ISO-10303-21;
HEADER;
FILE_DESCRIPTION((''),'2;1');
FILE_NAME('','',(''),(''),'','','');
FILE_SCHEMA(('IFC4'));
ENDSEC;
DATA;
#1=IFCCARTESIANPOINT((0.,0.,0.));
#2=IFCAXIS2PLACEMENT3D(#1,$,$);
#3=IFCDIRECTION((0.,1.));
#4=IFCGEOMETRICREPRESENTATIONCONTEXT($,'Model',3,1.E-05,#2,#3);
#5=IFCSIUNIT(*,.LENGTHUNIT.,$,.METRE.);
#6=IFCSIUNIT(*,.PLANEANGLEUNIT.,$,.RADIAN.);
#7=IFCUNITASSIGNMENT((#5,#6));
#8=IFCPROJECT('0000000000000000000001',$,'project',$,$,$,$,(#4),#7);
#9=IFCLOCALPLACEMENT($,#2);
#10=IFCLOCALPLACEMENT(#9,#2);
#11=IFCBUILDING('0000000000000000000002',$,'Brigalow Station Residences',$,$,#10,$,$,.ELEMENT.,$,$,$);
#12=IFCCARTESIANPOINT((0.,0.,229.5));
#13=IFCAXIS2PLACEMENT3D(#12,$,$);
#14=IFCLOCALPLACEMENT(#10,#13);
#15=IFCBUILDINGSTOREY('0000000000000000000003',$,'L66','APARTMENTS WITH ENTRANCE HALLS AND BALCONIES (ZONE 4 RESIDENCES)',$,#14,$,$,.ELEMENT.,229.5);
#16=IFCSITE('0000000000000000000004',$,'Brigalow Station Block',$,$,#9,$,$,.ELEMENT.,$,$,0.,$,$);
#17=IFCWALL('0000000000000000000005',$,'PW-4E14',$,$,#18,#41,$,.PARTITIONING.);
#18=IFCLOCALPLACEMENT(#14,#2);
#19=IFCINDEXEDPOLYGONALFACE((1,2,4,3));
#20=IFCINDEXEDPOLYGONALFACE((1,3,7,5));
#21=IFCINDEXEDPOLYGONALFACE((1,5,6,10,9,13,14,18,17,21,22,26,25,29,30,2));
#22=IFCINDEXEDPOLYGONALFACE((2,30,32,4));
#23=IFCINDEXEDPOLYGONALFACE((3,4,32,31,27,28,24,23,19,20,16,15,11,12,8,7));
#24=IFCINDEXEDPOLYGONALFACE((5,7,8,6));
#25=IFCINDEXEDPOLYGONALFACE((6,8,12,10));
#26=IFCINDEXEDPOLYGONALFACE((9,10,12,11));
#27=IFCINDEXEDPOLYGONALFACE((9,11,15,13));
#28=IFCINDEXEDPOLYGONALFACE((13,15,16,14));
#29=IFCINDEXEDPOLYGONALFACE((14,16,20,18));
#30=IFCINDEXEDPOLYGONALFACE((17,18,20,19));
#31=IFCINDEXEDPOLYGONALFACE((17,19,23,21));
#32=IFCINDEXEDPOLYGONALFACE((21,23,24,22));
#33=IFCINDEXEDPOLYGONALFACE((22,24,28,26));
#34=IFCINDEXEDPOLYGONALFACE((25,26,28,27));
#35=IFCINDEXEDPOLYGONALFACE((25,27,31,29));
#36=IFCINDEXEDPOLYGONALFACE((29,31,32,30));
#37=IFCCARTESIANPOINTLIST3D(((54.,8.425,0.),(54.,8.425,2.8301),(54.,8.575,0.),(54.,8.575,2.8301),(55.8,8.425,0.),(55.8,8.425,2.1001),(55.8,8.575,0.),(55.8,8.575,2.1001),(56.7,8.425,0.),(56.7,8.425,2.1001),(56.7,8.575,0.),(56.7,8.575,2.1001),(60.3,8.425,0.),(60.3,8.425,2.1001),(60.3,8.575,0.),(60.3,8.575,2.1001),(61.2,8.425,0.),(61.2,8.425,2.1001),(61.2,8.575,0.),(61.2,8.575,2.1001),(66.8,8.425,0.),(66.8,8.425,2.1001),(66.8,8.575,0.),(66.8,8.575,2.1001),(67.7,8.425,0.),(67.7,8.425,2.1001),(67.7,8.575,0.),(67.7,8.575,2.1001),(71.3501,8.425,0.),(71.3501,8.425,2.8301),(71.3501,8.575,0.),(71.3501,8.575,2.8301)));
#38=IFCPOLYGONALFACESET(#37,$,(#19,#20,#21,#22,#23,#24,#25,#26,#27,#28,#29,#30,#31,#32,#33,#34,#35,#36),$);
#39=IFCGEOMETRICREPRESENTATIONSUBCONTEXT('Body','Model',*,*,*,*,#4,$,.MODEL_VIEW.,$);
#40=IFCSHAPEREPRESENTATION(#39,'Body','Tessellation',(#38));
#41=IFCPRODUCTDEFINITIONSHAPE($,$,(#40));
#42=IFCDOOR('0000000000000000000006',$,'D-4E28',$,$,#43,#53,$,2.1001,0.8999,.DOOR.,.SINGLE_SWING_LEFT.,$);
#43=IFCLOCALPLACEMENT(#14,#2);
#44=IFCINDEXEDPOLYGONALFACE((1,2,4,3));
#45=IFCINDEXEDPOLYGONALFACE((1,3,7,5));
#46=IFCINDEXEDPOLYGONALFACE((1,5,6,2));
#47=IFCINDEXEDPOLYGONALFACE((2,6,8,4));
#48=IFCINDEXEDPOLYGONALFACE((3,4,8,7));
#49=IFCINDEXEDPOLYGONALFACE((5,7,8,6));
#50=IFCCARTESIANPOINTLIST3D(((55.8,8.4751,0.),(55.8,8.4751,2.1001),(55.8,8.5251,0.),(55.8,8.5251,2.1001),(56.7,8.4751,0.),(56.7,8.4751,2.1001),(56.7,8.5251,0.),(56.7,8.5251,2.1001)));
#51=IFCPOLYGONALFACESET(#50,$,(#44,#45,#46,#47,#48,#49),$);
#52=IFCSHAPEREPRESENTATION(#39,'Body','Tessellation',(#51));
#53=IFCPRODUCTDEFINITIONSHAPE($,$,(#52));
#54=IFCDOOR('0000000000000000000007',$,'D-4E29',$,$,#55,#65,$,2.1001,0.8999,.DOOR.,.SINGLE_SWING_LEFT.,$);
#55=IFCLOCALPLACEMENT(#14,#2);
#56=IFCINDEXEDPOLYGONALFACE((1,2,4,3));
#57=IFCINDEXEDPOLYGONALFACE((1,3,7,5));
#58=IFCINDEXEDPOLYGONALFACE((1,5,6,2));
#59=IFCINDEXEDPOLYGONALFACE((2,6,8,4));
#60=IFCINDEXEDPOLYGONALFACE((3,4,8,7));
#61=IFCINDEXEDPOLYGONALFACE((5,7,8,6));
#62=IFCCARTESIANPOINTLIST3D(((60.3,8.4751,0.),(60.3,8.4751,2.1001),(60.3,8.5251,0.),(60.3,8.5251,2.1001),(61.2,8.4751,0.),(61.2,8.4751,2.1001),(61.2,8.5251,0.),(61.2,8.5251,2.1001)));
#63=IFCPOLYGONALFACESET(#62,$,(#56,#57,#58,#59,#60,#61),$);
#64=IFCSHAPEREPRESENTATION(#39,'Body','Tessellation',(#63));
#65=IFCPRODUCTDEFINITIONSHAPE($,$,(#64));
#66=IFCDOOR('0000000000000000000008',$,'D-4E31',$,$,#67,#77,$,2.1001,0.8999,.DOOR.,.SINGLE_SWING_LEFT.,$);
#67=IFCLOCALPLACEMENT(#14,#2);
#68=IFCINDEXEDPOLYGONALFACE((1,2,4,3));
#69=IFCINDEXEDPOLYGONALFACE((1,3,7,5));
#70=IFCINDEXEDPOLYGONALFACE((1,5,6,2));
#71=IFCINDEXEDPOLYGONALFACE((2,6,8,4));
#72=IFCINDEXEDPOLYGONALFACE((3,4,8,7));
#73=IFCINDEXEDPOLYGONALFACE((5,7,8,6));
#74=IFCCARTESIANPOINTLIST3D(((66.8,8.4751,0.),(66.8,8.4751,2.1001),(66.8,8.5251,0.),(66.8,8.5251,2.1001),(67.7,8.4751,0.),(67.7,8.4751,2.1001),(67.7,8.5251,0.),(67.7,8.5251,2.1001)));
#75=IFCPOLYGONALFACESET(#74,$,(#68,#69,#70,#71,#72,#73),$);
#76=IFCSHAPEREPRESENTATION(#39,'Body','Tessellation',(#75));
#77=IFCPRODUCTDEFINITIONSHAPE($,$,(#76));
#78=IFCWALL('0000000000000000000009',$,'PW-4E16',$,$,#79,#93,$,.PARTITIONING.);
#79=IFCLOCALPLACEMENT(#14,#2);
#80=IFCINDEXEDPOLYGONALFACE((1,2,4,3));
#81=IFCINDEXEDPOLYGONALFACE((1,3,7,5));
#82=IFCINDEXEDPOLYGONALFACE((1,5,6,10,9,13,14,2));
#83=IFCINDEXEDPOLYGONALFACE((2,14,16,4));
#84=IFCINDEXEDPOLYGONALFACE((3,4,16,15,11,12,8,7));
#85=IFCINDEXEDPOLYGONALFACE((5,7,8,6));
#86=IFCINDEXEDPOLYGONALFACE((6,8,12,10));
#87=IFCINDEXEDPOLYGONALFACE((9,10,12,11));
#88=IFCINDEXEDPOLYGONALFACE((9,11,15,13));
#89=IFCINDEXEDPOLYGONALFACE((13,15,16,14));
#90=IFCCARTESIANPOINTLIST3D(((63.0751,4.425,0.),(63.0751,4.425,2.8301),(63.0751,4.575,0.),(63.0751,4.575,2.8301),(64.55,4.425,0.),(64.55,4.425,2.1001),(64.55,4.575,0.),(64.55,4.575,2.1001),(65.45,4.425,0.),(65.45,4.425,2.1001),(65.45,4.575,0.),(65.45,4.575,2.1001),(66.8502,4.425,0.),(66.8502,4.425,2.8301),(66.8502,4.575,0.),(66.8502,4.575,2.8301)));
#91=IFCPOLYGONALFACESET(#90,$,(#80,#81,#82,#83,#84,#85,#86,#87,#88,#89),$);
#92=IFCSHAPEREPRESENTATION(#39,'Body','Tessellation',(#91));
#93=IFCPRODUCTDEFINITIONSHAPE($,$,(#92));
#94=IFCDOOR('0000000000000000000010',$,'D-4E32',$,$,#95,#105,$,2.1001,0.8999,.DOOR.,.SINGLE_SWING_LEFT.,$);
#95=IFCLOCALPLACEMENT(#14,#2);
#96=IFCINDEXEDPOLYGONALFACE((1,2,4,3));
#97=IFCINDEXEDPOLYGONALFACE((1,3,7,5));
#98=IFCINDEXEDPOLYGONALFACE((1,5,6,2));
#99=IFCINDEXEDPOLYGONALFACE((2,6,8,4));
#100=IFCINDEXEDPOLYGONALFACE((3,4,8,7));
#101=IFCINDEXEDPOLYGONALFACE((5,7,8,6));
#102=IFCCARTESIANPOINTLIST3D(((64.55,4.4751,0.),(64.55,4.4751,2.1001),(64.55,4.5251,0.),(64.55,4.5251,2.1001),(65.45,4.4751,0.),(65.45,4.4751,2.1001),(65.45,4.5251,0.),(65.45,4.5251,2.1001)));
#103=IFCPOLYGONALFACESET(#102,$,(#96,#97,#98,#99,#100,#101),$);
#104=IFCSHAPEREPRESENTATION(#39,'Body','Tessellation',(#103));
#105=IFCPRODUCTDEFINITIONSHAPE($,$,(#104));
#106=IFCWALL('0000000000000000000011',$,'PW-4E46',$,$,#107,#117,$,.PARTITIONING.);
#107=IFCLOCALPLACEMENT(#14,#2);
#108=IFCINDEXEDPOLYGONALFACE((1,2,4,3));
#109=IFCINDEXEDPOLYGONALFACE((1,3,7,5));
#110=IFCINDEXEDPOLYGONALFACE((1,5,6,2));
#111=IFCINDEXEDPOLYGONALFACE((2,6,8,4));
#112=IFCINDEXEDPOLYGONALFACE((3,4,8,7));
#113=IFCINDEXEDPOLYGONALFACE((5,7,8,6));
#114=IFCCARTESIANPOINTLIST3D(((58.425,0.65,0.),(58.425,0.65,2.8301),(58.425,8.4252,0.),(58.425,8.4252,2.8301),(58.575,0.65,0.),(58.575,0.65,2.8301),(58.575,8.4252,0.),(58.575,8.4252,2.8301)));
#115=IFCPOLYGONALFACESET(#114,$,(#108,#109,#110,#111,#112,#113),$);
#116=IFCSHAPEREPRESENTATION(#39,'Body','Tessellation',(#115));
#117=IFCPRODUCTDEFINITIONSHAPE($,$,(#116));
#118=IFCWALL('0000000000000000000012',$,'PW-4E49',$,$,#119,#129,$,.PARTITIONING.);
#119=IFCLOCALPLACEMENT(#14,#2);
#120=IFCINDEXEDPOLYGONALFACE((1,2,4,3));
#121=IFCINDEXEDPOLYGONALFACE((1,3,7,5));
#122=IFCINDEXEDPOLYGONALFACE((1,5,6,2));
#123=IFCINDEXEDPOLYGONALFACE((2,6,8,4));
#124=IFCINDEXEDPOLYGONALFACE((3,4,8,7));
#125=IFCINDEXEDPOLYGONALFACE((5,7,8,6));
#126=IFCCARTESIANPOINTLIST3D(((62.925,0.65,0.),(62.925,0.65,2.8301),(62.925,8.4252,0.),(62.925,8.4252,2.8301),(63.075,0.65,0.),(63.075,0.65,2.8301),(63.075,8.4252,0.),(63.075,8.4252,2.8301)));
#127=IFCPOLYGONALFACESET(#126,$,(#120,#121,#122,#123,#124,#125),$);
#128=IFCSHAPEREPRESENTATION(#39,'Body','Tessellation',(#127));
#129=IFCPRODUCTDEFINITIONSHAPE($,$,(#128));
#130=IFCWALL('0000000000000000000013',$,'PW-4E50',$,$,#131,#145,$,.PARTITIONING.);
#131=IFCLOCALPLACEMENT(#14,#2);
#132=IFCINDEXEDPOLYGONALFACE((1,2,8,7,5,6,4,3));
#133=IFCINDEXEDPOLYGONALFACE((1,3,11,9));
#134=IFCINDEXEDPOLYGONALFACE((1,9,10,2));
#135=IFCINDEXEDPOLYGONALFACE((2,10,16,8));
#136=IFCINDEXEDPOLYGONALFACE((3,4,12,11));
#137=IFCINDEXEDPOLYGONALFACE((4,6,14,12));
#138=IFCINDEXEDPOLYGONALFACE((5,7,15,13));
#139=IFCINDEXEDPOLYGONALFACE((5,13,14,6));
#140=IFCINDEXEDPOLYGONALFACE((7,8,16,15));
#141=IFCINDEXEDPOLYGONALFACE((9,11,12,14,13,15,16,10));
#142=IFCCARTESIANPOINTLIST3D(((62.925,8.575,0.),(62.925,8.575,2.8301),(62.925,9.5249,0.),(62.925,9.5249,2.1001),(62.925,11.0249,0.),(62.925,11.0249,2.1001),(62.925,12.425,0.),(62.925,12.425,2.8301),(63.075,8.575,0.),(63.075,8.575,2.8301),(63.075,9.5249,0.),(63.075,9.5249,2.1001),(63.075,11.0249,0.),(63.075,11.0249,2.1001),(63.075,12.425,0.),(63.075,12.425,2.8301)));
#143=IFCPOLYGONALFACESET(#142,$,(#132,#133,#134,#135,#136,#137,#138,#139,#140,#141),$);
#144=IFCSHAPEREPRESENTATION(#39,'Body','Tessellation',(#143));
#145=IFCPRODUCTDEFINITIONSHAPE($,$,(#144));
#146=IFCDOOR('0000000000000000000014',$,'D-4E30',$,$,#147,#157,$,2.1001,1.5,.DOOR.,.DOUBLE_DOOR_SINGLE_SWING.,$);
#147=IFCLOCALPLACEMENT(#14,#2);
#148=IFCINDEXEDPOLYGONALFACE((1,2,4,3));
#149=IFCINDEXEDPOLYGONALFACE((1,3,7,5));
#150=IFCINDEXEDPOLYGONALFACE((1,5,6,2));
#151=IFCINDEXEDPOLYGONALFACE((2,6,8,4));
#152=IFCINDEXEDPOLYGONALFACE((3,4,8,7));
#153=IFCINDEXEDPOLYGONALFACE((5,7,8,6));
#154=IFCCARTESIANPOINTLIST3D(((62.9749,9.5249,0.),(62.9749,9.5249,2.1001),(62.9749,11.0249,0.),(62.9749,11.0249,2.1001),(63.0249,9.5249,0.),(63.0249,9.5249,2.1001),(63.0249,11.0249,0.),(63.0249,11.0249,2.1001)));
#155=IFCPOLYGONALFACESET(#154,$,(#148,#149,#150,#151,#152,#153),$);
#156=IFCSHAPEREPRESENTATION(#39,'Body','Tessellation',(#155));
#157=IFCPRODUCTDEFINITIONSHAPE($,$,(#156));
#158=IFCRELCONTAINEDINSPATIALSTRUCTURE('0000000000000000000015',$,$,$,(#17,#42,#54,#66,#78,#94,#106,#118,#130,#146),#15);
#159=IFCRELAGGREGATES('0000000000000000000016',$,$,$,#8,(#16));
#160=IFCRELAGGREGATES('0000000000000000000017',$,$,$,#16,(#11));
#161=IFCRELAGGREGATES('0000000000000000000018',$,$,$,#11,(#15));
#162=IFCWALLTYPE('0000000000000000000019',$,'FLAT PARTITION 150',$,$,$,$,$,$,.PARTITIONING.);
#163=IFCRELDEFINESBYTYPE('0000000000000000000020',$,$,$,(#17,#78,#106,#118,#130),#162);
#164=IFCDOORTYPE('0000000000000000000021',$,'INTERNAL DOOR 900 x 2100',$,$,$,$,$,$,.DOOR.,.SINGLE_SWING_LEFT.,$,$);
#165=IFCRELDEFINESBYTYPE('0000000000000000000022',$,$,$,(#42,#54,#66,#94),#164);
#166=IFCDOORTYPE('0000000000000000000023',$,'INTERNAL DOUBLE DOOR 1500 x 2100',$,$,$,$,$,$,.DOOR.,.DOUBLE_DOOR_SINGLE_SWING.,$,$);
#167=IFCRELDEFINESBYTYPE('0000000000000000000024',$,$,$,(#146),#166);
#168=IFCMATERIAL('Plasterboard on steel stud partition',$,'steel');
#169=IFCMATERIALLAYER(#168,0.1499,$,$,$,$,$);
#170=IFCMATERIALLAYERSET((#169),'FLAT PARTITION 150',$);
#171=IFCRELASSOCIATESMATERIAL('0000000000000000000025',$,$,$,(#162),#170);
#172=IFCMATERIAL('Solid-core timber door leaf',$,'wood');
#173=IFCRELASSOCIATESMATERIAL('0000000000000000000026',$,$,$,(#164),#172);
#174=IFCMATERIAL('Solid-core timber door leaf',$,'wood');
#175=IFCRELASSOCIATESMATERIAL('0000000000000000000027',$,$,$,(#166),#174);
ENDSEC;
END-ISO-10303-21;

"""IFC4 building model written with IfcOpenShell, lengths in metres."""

from ifc_helpers import new_model, si_unit, direction, frame, frame_2d, origin, place, context, subcontext, project, spatial, rectangle, extrude, material, layer, layer_set, type_object, element, fill, save


model = new_model("IFC4")

# Units and contexts
model_context = context("Model", 3, precision=1e-05, world=origin(), true_north=direction((0.0, 1.0)))
body_context = subcontext(model_context, "Body", "Model", "MODEL_VIEW")
ifc_project = project(units=[si_unit("LENGTHUNIT", "METRE"), si_unit("PLANEANGLEUNIT", "RADIAN")], contexts=[model_context])

# Site, building, storey
site_placement = place(None, origin())
site = spatial("IfcSite", under=ifc_project, at=site_placement, Name="Brigalow Station Block", CompositionType="ELEMENT", RefElevation=0.0)
building_placement = place(site_placement, origin())
building = spatial("IfcBuilding", under=site, at=building_placement, Name="Brigalow Station Residences", CompositionType="ELEMENT")
storey_placement = place(building_placement, frame((0.0, 0.0, 229.5)))
storey = spatial("IfcBuildingStorey", under=building, at=storey_placement, Name="L66", Description="APARTMENTS WITH ENTRANCE HALLS AND BALCONIES (ZONE 4 RESIDENCES)", CompositionType="ELEMENT", Elevation=229.5)

# Wall, openings, doors
ifc_material_1 = material(Name="Plasterboard on steel stud partition", Category="steel")
ifc_layer_1 = layer(ifc_material_1, 0.1499)
ifc_layer_set_1 = layer_set([ifc_layer_1], Name="FLAT PARTITION 150")
wall_type_1 = type_object("IfcWallType", Name="FLAT PARTITION 150", PredefinedType="PARTITIONING", material=ifc_layer_set_1)
wall_1_placement = place(storey_placement, frame((54.0, 8.5, 0.0), z_axis=(0.0, 0.0, 1.0), x_axis=(1.0, 0.0, 0.0)))
wall_1 = element("IfcWall", 1, at=wall_1_placement, inside=storey, type_object=wall_type_1, Name="PW-4E14", PredefinedType="PARTITIONING", context=body_context, shape_type="SweptSolid", body=[
    extrude(rectangle(XDim=17.3501, YDim=0.1499, at=frame_2d((8.675, 0.0))), origin(), (0.0, 0.0, 1.0), 2.8301),
])
opening_1_placement = place(wall_1_placement, frame((1.8, 0.0, 0.0)))
opening_1 = element("IfcOpeningElement", 2, at=opening_1_placement, cuts=wall_1, PredefinedType="OPENING", context=body_context, shape_type="SweptSolid", body=[
    extrude(rectangle(XDim=0.8999, YDim=2.1001, at=frame_2d((0.45, 1.05))), frame((0.0, 0.085, 0.0), z_axis=(0.0, -1.0, 0.0), x_axis=(1.0, 0.0, 0.0)), (0.0, 0.0, 1.0), 0.1699),
])
opening_2_placement = place(wall_1_placement, frame((6.3, 0.0, 0.0)))
opening_2 = element("IfcOpeningElement", 3, at=opening_2_placement, cuts=wall_1, PredefinedType="OPENING", context=body_context, shape_type="SweptSolid", body=[
    extrude(rectangle(XDim=0.8999, YDim=2.1001, at=frame_2d((0.45, 1.05))), frame((0.0, 0.085, 0.0), z_axis=(0.0, -1.0, 0.0), x_axis=(1.0, 0.0, 0.0)), (0.0, 0.0, 1.0), 0.1699),
])
opening_3_placement = place(wall_1_placement, frame((12.8, 0.0, 0.0)))
opening_3 = element("IfcOpeningElement", 4, at=opening_3_placement, cuts=wall_1, PredefinedType="OPENING", context=body_context, shape_type="SweptSolid", body=[
    extrude(rectangle(XDim=0.8999, YDim=2.1001, at=frame_2d((0.45, 1.05))), frame((0.0, 0.085, 0.0), z_axis=(0.0, -1.0, 0.0), x_axis=(1.0, 0.0, 0.0)), (0.0, 0.0, 1.0), 0.1699),
])
ifc_material_2 = material(Name="Solid-core timber door leaf", Category="wood")
door_type_1 = type_object("IfcDoorType", Name="INTERNAL DOOR 900 x 2100", OperationType="SINGLE_SWING_LEFT", PredefinedType="DOOR", material=ifc_material_2)
door_1_placement = place(opening_1_placement, frame((0.8999, 0.0, 0.0), z_axis=(0.0, 0.0, 1.0), x_axis=(-1.0, 0.0, 0.0)))
door_1 = element("IfcDoor", 5, at=door_1_placement, inside=storey, type_object=door_type_1, Name="D-4E28", OperationType="SINGLE_SWING_LEFT", OverallHeight=2.1001, OverallWidth=0.8999, PredefinedType="DOOR", context=body_context, shape_type="SweptSolid", body=[
    extrude(rectangle(XDim=0.8999, YDim=2.1001, at=frame_2d((0.45, 1.05))), frame((0.0, 0.0249, 0.0), z_axis=(0.0, -1.0, 0.0), x_axis=(1.0, 0.0, 0.0)), (0.0, 0.0, 1.0), 0.05),
])
fill(opening_1, door_1)
door_2_placement = place(opening_2_placement, frame((0.8999, 0.0, 0.0), z_axis=(0.0, 0.0, 1.0), x_axis=(-1.0, 0.0, 0.0)))
door_2 = element("IfcDoor", 6, at=door_2_placement, inside=storey, type_object=door_type_1, Name="D-4E29", OperationType="SINGLE_SWING_LEFT", OverallHeight=2.1001, OverallWidth=0.8999, PredefinedType="DOOR", context=body_context, shape_type="SweptSolid", body=[
    extrude(rectangle(XDim=0.8999, YDim=2.1001, at=frame_2d((0.45, 1.05))), frame((0.0, 0.0249, 0.0), z_axis=(0.0, -1.0, 0.0), x_axis=(1.0, 0.0, 0.0)), (0.0, 0.0, 1.0), 0.05),
])
fill(opening_2, door_2)
door_3_placement = place(opening_3_placement, frame((0.8999, 0.0, 0.0), z_axis=(0.0, 0.0, 1.0), x_axis=(-1.0, 0.0, 0.0)))
door_3 = element("IfcDoor", 7, at=door_3_placement, inside=storey, type_object=door_type_1, Name="D-4E31", OperationType="SINGLE_SWING_LEFT", OverallHeight=2.1001, OverallWidth=0.8999, PredefinedType="DOOR", context=body_context, shape_type="SweptSolid", body=[
    extrude(rectangle(XDim=0.8999, YDim=2.1001, at=frame_2d((0.45, 1.05))), frame((0.0, 0.0249, 0.0), z_axis=(0.0, -1.0, 0.0), x_axis=(1.0, 0.0, 0.0)), (0.0, 0.0, 1.0), 0.05),
])
fill(opening_3, door_3)

# Wall, opening, door
wall_2_placement = place(storey_placement, frame((63.075, 4.5, 0.0), z_axis=(0.0, 0.0, 1.0), x_axis=(1.0, 0.0, 0.0)))
wall_2 = element("IfcWall", 8, at=wall_2_placement, inside=storey, type_object=wall_type_1, Name="PW-4E16", PredefinedType="PARTITIONING", context=body_context, shape_type="SweptSolid", body=[
    extrude(rectangle(XDim=3.7751, YDim=0.1499, at=frame_2d((1.8877, 0.0))), origin(), (0.0, 0.0, 1.0), 2.8301),
])
opening_4_placement = place(wall_2_placement, frame((1.4751, 0.0, 0.0)))
opening_4 = element("IfcOpeningElement", 9, at=opening_4_placement, cuts=wall_2, PredefinedType="OPENING", context=body_context, shape_type="SweptSolid", body=[
    extrude(rectangle(XDim=0.8999, YDim=2.1001, at=frame_2d((0.45, 1.05))), frame((0.0, 0.085, 0.0), z_axis=(0.0, -1.0, 0.0), x_axis=(1.0, 0.0, 0.0)), (0.0, 0.0, 1.0), 0.1699),
])
door_4_placement = place(opening_4_placement, frame((0.8999, 0.0, 0.0), z_axis=(0.0, 0.0, 1.0), x_axis=(-1.0, 0.0, 0.0)))
door_4 = element("IfcDoor", 10, at=door_4_placement, inside=storey, type_object=door_type_1, Name="D-4E32", OperationType="SINGLE_SWING_LEFT", OverallHeight=2.1001, OverallWidth=0.8999, PredefinedType="DOOR", context=body_context, shape_type="SweptSolid", body=[
    extrude(rectangle(XDim=0.8999, YDim=2.1001, at=frame_2d((0.45, 1.05))), frame((0.0, 0.0249, 0.0), z_axis=(0.0, -1.0, 0.0), x_axis=(1.0, 0.0, 0.0)), (0.0, 0.0, 1.0), 0.05),
])
fill(opening_4, door_4)

# Walls
for number, where, z_axis, x_axis, name in (
    (11, (58.5, 0.6499, 0.0), (0.0, 0.0, 1.0), (0.0, 1.0, 0.0), "PW-4E46"),
    (12, (63.0, 0.6499, 0.0), (0.0, 0.0, 1.0), (0.0, 1.0, 0.0), "PW-4E49"),
):
    element("IfcWall", number, at=place(storey_placement, frame(where, z_axis=z_axis, x_axis=x_axis)), inside=storey, type_object=wall_type_1, Name=name, PredefinedType="PARTITIONING", context=body_context, shape_type="SweptSolid", body=[
        extrude(rectangle(XDim=7.7751, YDim=0.1499, at=frame_2d((3.8877, 0.0))), origin(), (0.0, 0.0, 1.0), 2.8301),
    ])

# Wall, opening, door
wall_3_placement = place(storey_placement, frame((63.0, 8.575, 0.0), z_axis=(0.0, 0.0, 1.0), x_axis=(0.0, 1.0, 0.0)))
wall_3 = element("IfcWall", 13, at=wall_3_placement, inside=storey, type_object=wall_type_1, Name="PW-4E50", PredefinedType="PARTITIONING", context=body_context, shape_type="SweptSolid", body=[
    extrude(rectangle(XDim=3.8501, YDim=0.1499, at=frame_2d((1.925, 0.0))), origin(), (0.0, 0.0, 1.0), 2.8301),
])
opening_5_placement = place(wall_3_placement, frame((0.95, 0.0, 0.0)))
opening_5 = element("IfcOpeningElement", 14, at=opening_5_placement, cuts=wall_3, PredefinedType="OPENING", context=body_context, shape_type="SweptSolid", body=[
    extrude(rectangle(XDim=1.5, YDim=2.1001, at=frame_2d((0.75, 1.05))), frame((0.0, 0.085, 0.0), z_axis=(0.0, -1.0, 0.0), x_axis=(1.0, 0.0, 0.0)), (0.0, 0.0, 1.0), 0.1699),
])
ifc_material_3 = material(Name="Solid-core timber door leaf", Category="wood")
door_type_2 = type_object("IfcDoorType", Name="INTERNAL DOUBLE DOOR 1500 x 2100", OperationType="DOUBLE_DOOR_SINGLE_SWING", PredefinedType="DOOR", material=ifc_material_3)
door_5_placement = place(opening_5_placement, frame((1.5, 0.0, 0.0), z_axis=(0.0, 0.0, 1.0), x_axis=(-1.0, 0.0, 0.0)))
door_5 = element("IfcDoor", 15, at=door_5_placement, inside=storey, type_object=door_type_2, Name="D-4E30", OperationType="DOUBLE_DOOR_SINGLE_SWING", OverallHeight=2.1001, OverallWidth=1.5, PredefinedType="DOOR", context=body_context, shape_type="SweptSolid", body=[
    extrude(rectangle(XDim=1.5, YDim=2.1001, at=frame_2d((0.75, 1.05))), frame((0.0, 0.0249, 0.0), z_axis=(0.0, -1.0, 0.0), x_axis=(1.0, 0.0, 0.0)), (0.0, 0.0, 1.0), 0.05),
])
fill(opening_5, door_5)

save(model, "model.ifc")
